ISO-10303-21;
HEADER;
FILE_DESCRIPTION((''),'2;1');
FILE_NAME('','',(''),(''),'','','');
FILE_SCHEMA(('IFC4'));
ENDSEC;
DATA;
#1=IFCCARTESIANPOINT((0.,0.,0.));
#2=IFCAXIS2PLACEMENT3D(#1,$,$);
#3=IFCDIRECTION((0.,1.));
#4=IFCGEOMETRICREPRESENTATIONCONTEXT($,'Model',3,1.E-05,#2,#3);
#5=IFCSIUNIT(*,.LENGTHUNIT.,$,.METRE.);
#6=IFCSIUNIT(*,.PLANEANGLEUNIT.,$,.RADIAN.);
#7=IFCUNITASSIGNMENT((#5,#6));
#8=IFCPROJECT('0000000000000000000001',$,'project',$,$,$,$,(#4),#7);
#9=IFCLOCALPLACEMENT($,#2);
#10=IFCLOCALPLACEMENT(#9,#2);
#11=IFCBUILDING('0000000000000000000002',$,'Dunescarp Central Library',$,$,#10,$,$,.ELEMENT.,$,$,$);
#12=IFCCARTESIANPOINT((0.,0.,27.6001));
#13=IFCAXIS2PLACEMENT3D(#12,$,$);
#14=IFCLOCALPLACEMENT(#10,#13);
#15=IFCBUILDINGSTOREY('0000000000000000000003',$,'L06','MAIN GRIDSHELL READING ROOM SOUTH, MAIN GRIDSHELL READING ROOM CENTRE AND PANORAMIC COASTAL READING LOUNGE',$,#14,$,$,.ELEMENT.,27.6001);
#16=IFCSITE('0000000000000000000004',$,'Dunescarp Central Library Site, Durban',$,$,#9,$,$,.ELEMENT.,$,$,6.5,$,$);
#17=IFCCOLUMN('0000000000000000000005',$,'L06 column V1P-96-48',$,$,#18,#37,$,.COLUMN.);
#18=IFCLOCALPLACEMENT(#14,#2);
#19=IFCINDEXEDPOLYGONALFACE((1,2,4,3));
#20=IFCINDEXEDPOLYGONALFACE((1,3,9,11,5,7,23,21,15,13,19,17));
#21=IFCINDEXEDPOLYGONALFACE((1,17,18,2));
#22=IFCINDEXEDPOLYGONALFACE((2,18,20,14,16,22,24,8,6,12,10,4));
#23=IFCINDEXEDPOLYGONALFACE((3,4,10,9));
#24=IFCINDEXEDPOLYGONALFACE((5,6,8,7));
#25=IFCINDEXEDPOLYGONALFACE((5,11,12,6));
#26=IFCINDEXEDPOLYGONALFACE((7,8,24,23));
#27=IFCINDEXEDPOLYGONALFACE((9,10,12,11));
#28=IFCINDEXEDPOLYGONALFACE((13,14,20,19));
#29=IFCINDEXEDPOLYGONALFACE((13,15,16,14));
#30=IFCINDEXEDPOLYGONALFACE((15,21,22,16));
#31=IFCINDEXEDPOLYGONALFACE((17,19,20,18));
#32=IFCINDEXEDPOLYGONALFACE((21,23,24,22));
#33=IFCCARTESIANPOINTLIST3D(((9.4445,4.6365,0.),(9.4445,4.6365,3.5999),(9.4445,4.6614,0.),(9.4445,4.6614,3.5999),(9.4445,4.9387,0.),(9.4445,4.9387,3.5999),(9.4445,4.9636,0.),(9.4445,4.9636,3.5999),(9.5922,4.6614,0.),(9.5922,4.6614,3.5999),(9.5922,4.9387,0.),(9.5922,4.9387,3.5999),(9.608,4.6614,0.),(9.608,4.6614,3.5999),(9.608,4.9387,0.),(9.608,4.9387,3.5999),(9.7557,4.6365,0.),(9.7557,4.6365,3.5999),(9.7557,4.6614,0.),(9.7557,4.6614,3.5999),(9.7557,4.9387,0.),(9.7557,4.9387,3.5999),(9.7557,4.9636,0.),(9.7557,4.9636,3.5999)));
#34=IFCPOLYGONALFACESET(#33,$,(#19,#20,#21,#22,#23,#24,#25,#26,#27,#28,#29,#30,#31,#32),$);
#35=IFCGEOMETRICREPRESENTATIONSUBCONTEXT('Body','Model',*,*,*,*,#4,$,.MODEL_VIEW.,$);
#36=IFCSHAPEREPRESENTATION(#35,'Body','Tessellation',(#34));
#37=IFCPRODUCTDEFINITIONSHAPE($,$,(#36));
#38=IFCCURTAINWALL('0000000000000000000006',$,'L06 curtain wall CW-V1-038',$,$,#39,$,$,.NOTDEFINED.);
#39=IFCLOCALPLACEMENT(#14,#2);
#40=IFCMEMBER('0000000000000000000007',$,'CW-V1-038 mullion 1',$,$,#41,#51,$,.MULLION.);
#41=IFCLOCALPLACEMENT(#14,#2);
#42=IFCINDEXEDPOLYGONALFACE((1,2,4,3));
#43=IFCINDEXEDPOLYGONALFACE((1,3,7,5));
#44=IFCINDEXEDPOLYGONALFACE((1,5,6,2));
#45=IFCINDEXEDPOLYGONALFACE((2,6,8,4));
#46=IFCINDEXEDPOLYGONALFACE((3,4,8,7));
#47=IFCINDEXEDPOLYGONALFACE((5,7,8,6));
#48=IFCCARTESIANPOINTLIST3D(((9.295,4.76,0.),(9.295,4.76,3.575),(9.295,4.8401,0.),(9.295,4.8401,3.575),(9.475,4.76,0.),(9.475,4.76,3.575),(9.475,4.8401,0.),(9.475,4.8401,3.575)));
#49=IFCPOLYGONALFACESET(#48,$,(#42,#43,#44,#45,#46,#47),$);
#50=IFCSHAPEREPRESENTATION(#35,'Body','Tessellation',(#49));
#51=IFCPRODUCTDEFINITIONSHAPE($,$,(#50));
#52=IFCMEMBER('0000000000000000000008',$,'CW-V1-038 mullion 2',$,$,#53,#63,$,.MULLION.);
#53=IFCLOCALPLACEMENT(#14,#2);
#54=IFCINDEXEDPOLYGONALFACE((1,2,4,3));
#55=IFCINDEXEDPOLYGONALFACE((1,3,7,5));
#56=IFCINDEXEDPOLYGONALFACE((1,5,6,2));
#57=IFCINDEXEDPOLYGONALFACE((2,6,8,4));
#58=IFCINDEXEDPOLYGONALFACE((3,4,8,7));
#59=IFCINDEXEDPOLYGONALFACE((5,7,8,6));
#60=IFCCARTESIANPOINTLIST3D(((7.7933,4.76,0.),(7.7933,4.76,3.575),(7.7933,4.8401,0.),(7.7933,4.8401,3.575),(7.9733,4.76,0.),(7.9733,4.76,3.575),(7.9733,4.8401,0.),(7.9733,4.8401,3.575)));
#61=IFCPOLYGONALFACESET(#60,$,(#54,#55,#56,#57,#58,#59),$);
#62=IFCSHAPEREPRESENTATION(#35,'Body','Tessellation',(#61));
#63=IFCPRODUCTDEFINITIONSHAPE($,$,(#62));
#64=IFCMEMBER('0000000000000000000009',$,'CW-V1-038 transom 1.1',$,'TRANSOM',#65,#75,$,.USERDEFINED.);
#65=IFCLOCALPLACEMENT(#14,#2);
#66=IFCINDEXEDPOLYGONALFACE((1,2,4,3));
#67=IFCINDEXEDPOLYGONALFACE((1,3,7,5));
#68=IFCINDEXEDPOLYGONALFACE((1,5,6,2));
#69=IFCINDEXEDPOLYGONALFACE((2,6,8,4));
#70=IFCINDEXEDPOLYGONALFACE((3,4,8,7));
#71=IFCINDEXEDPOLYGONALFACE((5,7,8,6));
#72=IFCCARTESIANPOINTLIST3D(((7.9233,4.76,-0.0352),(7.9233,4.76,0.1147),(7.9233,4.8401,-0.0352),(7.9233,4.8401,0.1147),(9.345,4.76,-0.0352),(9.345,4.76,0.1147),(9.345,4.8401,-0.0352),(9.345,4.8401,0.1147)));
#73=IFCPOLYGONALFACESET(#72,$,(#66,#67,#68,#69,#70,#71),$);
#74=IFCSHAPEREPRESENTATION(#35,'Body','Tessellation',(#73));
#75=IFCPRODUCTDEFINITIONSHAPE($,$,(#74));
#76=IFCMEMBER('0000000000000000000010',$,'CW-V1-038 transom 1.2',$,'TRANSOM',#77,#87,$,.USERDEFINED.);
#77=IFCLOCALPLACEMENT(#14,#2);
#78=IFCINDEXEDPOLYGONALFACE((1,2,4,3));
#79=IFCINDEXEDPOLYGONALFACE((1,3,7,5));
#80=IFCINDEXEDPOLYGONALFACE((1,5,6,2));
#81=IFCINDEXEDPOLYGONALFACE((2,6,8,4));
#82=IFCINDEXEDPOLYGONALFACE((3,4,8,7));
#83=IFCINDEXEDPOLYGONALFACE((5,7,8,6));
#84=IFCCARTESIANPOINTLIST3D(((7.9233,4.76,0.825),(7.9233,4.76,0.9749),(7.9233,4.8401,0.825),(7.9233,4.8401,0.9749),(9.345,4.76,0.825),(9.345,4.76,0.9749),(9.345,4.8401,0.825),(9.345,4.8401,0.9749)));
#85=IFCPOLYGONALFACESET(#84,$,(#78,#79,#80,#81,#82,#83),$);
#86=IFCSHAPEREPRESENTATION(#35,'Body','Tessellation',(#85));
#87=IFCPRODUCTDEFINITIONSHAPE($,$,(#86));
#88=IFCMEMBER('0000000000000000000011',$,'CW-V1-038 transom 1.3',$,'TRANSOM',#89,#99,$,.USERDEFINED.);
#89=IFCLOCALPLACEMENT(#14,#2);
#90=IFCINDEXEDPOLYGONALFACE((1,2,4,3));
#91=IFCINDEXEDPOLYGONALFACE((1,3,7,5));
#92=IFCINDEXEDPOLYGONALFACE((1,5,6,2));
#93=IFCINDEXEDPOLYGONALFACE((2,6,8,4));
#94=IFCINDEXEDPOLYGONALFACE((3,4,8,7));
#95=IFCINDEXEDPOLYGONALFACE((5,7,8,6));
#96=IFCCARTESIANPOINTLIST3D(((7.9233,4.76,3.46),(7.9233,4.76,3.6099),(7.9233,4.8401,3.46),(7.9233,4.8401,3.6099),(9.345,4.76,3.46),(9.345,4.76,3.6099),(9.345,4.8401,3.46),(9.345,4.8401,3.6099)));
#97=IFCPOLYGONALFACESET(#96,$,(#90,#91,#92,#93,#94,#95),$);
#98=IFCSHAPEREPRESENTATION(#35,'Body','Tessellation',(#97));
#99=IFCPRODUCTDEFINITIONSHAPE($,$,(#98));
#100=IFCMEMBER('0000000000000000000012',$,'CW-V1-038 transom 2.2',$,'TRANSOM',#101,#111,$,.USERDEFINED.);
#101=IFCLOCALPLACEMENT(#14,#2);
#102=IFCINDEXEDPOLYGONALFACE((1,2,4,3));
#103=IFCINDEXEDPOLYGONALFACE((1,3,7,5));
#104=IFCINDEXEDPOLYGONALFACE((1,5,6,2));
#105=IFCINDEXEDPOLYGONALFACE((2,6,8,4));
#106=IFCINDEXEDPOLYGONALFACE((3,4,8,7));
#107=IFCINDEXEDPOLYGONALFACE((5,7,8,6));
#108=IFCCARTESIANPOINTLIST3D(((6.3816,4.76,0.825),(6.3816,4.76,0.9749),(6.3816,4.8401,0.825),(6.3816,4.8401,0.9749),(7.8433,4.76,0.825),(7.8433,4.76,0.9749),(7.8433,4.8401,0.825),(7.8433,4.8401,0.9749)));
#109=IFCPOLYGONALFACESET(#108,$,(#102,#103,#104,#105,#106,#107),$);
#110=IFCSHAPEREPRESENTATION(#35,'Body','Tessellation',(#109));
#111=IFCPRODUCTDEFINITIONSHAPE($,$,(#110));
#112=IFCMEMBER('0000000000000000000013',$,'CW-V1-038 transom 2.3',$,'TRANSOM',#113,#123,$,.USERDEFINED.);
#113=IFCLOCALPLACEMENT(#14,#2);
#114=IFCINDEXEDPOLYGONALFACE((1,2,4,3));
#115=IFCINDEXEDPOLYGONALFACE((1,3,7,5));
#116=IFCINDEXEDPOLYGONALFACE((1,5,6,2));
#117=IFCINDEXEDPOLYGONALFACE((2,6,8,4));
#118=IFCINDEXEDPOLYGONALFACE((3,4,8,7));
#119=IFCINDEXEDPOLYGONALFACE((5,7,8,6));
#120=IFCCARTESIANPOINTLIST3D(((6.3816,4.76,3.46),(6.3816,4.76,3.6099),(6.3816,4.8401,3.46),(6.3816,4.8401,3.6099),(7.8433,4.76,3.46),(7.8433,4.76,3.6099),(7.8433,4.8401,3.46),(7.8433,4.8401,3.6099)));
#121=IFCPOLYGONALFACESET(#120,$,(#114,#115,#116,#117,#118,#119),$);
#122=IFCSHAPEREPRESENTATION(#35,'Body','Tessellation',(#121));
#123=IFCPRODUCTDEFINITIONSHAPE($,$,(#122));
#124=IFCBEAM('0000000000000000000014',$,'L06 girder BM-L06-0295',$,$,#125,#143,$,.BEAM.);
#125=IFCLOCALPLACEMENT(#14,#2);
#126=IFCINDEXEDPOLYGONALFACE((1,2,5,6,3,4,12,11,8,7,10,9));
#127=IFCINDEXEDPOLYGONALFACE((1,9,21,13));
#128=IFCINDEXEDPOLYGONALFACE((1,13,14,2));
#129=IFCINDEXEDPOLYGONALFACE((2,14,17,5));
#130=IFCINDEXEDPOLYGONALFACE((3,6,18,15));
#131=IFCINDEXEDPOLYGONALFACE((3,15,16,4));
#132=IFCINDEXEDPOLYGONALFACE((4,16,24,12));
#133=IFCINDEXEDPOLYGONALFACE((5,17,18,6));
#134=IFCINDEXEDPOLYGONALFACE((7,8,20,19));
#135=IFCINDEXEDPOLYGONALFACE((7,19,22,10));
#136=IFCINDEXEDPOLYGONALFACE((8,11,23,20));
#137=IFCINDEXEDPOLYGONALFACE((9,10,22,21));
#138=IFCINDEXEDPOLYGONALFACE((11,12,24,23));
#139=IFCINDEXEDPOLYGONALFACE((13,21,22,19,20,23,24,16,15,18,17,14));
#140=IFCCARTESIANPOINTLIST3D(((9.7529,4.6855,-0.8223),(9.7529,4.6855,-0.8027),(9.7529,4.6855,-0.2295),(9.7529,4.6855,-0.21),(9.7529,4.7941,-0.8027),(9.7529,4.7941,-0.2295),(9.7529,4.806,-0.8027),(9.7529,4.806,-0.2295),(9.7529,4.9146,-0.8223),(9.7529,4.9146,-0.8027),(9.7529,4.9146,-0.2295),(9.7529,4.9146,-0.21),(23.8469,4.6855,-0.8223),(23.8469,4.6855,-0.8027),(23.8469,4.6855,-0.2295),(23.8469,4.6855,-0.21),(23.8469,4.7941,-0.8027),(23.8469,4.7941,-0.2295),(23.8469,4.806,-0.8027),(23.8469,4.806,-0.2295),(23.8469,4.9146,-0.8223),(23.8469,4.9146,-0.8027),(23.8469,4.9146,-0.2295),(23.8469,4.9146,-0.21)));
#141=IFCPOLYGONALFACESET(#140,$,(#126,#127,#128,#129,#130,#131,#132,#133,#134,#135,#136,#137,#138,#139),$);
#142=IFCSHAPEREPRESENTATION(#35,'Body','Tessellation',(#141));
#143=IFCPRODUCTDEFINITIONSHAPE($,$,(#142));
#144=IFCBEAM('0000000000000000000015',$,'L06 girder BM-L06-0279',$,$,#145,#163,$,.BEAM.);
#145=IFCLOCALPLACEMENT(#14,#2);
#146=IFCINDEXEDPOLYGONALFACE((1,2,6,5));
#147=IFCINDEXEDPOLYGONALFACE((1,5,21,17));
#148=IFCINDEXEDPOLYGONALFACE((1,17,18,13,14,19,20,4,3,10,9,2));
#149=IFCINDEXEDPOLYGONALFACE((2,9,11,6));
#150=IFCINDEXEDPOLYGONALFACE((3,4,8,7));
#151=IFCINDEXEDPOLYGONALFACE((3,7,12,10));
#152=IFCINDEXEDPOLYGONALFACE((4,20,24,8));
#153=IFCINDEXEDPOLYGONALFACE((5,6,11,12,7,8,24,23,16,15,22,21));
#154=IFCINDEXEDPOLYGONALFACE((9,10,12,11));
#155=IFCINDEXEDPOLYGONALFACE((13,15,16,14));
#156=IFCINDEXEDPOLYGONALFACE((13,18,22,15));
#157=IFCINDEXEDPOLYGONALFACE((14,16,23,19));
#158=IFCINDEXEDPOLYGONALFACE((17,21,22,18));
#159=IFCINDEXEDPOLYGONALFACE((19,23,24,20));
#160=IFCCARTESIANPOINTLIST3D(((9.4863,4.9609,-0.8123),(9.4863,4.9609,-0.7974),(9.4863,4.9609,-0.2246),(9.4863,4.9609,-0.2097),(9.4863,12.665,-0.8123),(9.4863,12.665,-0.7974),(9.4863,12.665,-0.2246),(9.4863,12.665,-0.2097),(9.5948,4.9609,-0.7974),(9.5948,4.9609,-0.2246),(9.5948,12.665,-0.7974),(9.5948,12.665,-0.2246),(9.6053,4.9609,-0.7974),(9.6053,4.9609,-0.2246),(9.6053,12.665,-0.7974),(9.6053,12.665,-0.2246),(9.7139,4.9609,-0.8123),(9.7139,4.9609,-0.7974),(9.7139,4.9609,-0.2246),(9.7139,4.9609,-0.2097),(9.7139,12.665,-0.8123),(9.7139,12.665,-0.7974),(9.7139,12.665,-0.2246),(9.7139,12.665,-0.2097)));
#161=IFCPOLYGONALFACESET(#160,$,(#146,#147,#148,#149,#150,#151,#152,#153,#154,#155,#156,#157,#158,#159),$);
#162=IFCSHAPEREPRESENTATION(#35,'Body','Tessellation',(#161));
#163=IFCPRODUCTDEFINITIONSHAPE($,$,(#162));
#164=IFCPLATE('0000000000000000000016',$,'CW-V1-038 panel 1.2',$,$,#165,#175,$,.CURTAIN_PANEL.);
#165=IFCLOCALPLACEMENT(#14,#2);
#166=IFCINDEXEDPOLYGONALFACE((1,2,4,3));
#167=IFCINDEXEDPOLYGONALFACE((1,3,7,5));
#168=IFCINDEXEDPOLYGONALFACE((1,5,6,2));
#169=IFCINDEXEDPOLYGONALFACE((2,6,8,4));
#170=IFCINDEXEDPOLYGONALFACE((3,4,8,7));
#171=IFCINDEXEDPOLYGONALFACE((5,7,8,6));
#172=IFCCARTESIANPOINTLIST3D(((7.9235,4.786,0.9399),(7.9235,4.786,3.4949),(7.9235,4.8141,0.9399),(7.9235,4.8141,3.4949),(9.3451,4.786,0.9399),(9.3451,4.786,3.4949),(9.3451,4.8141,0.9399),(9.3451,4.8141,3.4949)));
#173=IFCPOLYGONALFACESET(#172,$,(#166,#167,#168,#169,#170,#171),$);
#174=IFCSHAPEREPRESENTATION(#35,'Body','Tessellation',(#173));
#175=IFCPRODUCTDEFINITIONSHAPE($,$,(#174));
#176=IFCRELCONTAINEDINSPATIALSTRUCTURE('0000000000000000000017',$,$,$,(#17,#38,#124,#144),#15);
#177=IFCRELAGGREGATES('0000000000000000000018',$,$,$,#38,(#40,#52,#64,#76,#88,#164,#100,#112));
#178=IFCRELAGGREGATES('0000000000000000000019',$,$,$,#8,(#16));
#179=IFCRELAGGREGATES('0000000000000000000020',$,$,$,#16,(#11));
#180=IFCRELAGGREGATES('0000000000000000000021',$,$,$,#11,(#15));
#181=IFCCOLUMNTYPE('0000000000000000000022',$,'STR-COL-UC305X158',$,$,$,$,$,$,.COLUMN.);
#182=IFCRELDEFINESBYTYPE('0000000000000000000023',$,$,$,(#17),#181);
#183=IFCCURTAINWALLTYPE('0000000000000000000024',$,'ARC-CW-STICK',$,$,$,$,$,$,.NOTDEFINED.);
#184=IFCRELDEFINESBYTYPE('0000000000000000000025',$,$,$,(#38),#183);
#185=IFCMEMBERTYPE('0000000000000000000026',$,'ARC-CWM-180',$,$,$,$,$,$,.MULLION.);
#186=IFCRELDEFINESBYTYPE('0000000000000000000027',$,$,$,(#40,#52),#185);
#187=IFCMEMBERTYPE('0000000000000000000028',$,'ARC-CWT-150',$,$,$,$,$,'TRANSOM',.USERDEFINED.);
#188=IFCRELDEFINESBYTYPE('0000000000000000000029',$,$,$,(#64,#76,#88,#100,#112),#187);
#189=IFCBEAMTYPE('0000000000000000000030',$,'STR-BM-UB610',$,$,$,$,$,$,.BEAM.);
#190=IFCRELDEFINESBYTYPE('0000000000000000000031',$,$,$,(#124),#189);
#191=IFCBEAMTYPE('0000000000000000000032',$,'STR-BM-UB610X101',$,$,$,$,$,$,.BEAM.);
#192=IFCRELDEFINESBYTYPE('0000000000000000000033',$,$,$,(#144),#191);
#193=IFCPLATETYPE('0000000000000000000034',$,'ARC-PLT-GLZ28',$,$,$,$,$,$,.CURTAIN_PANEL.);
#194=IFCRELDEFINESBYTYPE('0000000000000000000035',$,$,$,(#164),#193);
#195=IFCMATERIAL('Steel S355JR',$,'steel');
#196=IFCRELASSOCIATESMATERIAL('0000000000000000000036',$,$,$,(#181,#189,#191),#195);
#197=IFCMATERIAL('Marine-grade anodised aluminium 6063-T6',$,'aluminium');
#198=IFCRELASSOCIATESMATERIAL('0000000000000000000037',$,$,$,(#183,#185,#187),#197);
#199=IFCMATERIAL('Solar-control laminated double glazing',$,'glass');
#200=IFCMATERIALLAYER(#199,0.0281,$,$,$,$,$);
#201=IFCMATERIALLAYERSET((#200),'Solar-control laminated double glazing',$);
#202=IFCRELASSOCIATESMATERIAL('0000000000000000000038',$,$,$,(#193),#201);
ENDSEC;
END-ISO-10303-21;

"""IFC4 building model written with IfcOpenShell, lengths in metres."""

from ifc_helpers import new_model, si_unit, direction, frame, origin, origin_2d, place, context, subcontext, project, spatial, rectangle, i_section, extrude, material, layer, layer_set, material_profile, profile_set, type_object, element, aggregate, save


model = new_model("IFC4")

# Units and contexts
model_context = context("Model", 3, precision=1e-05, world=origin(), true_north=direction((0.0, 1.0)))
body_context = subcontext(model_context, "Body", "Model", "MODEL_VIEW")
ifc_project = project(units=[si_unit("LENGTHUNIT", "METRE"), si_unit("PLANEANGLEUNIT", "RADIAN")], contexts=[model_context])

# Site, building, storey
site_placement = place(None, origin())
site = spatial("IfcSite", under=ifc_project, at=site_placement, Name="Dunescarp Central Library Site, Durban", CompositionType="ELEMENT", RefElevation=6.5)
building_placement = place(site_placement, origin())
building = spatial("IfcBuilding", under=site, at=building_placement, Name="Dunescarp Central Library", CompositionType="ELEMENT")
storey_placement = place(building_placement, frame((0.0, 0.0, 27.6001)))
storey = spatial("IfcBuildingStorey", under=building, at=storey_placement, Name="L06", Description="MAIN GRIDSHELL READING ROOM SOUTH, MAIN GRIDSHELL READING ROOM CENTRE AND PANORAMIC COASTAL READING LOUNGE", CompositionType="ELEMENT", Elevation=27.6001)

# Column
ifc_material_1 = material(Name="Steel S355JR", Category="steel")
ifc_material_profile_1 = material_profile(ifc_material_1, i_section(OverallWidth=0.3113, OverallDepth=0.3271, WebThickness=0.0159, FlangeThickness=0.0249, at=origin_2d()), Name="UC 305x305x158")
ifc_profile_set_1 = profile_set([ifc_material_profile_1], Name="Steel S355JR")
column_type = type_object("IfcColumnType", Name="STR-COL-UC305X158", PredefinedType="COLUMN", material=ifc_profile_set_1)
column_placement = place(storey_placement, frame((9.6001, 4.8, 0.0), z_axis=(0.0, 0.0, 1.0), x_axis=(1.0, 0.0, 0.0)))
element("IfcColumn", 1, at=column_placement, inside=storey, type_object=column_type, Name="L06 column V1P-96-48", PredefinedType="COLUMN", context=body_context, shape_type="SweptSolid", body=[
    extrude(i_section(OverallWidth=0.3113, OverallDepth=0.3271, WebThickness=0.0159, FlangeThickness=0.0249, at=origin_2d()), origin(), (0.0, 0.0, 1.0), 3.5999),
])

# Curtain wall, members
ifc_material_2 = material(Name="Marine-grade anodised aluminium 6063-T6", Category="aluminium")
curtain_wall_type = type_object("IfcCurtainWallType", Name="ARC-CW-STICK", PredefinedType="NOTDEFINED", material=ifc_material_2)
curtain_wall_placement = place(storey_placement, origin())
curtain_wall = element("IfcCurtainWall", 2, at=curtain_wall_placement, inside=storey, type_object=curtain_wall_type, Name="L06 curtain wall CW-V1-038", PredefinedType="NOTDEFINED")
ifc_material_profile_2 = material_profile(ifc_material_2, rectangle(XDim=0.0801, YDim=0.1799, at=origin_2d()), Name="AL 80x180")
ifc_profile_set_2 = profile_set([ifc_material_profile_2], Name="Marine-grade anodised aluminium 6063-T6")
member_type_1 = type_object("IfcMemberType", Name="ARC-CWM-180", PredefinedType="MULLION", material=ifc_profile_set_2)
member_1_placement = place(storey_placement, frame((9.385, 4.8, 0.0), z_axis=(0.0, 0.0, 1.0), x_axis=(0.0, -1.0, 0.0)))
member_1 = element("IfcMember", 3, at=member_1_placement, type_object=member_type_1, Name="CW-V1-038 mullion 1", PredefinedType="MULLION", context=body_context, shape_type="SweptSolid", body=[
    extrude(rectangle(XDim=0.0801, YDim=0.1799, at=origin_2d()), origin(), (0.0, 0.0, 1.0), 3.575),
])
member_2_placement = place(storey_placement, frame((7.8833, 4.8, 0.0), z_axis=(0.0, 0.0, 1.0), x_axis=(0.0, -1.0, 0.0)))
member_2 = element("IfcMember", 4, at=member_2_placement, type_object=member_type_1, Name="CW-V1-038 mullion 2", PredefinedType="MULLION", context=body_context, shape_type="SweptSolid", body=[
    extrude(rectangle(XDim=0.0801, YDim=0.1799, at=origin_2d()), origin(), (0.0, 0.0, 1.0), 3.575),
])
ifc_material_profile_3 = material_profile(ifc_material_2, rectangle(XDim=0.0801, YDim=0.1499, at=origin_2d()), Name="AL 80x150")
ifc_profile_set_3 = profile_set([ifc_material_profile_3], Name="Marine-grade anodised aluminium 6063-T6")
member_type_2 = type_object("IfcMemberType", Name="ARC-CWT-150", ElementType="TRANSOM", PredefinedType="USERDEFINED", material=ifc_profile_set_3)
member_3_placement = place(storey_placement, frame((9.345, 4.8, 0.0398), z_axis=(-1.0, 0.0, 0.0), x_axis=(0.0, -1.0, 0.0)))
member_3 = element("IfcMember", 5, at=member_3_placement, type_object=member_type_2, Name="CW-V1-038 transom 1.1", ObjectType="TRANSOM", PredefinedType="USERDEFINED", context=body_context, shape_type="SweptSolid", body=[
    extrude(rectangle(XDim=0.0801, YDim=0.1499, at=origin_2d()), origin(), (0.0, 0.0, 1.0), 1.4216),
])
member_4_placement = place(storey_placement, frame((9.345, 4.8, 0.8999), z_axis=(-1.0, 0.0, 0.0), x_axis=(0.0, -1.0, 0.0)))
member_4 = element("IfcMember", 6, at=member_4_placement, type_object=member_type_2, Name="CW-V1-038 transom 1.2", ObjectType="TRANSOM", PredefinedType="USERDEFINED", context=body_context, shape_type="SweptSolid", body=[
    extrude(rectangle(XDim=0.0801, YDim=0.1499, at=origin_2d()), origin(), (0.0, 0.0, 1.0), 1.4216),
])
member_5_placement = place(storey_placement, frame((9.345, 4.8, 3.5349), z_axis=(-1.0, 0.0, 0.0), x_axis=(0.0, -1.0, 0.0)))
member_5 = element("IfcMember", 7, at=member_5_placement, type_object=member_type_2, Name="CW-V1-038 transom 1.3", ObjectType="TRANSOM", PredefinedType="USERDEFINED", context=body_context, shape_type="SweptSolid", body=[
    extrude(rectangle(XDim=0.0801, YDim=0.1499, at=origin_2d()), origin(), (0.0, 0.0, 1.0), 1.4216),
])
member_6_placement = place(storey_placement, frame((7.8433, 4.8, 0.8999), z_axis=(-1.0, 0.0, 0.0), x_axis=(0.0, -1.0, 0.0)))
member_6 = element("IfcMember", 8, at=member_6_placement, type_object=member_type_2, Name="CW-V1-038 transom 2.2", ObjectType="TRANSOM", PredefinedType="USERDEFINED", context=body_context, shape_type="SweptSolid", body=[
    extrude(rectangle(XDim=0.0801, YDim=0.1499, at=origin_2d()), origin(), (0.0, 0.0, 1.0), 1.4617),
])
member_7_placement = place(storey_placement, frame((7.8433, 4.8, 3.5349), z_axis=(-1.0, 0.0, 0.0), x_axis=(0.0, -1.0, 0.0)))
member_7 = element("IfcMember", 9, at=member_7_placement, type_object=member_type_2, Name="CW-V1-038 transom 2.3", ObjectType="TRANSOM", PredefinedType="USERDEFINED", context=body_context, shape_type="SweptSolid", body=[
    extrude(rectangle(XDim=0.0801, YDim=0.1499, at=origin_2d()), origin(), (0.0, 0.0, 1.0), 1.4617),
])

# Beams
ifc_material_profile_4 = material_profile(ifc_material_1, i_section(OverallWidth=0.229, OverallDepth=0.6123, WebThickness=0.012, FlangeThickness=0.0195, at=origin_2d()), Name="UB 610x229x125")
ifc_profile_set_4 = profile_set([ifc_material_profile_4], Name="Steel S355JR")
beam_type_1 = type_object("IfcBeamType", Name="STR-BM-UB610", PredefinedType="BEAM", material=ifc_profile_set_4)
beam_1_placement = place(storey_placement, frame((9.7529, 4.8, -0.5161), z_axis=(1.0, 0.0, 0.0), x_axis=(0.0, 1.0, 0.0)))
element("IfcBeam", 10, at=beam_1_placement, inside=storey, type_object=beam_type_1, Name="L06 girder BM-L06-0295", PredefinedType="BEAM", context=body_context, shape_type="SweptSolid", body=[
    extrude(i_section(OverallWidth=0.229, OverallDepth=0.6123, WebThickness=0.012, FlangeThickness=0.0195, at=origin_2d()), origin(), (0.0, 0.0, 1.0), 14.094),
])
ifc_material_profile_5 = material_profile(ifc_material_1, i_section(OverallWidth=0.2275, OverallDepth=0.6025, WebThickness=0.0105, FlangeThickness=0.0149, at=origin_2d()), Name="UB 610x229x101")
ifc_profile_set_5 = profile_set([ifc_material_profile_5], Name="Steel S355JR")
beam_type_2 = type_object("IfcBeamType", Name="STR-BM-UB610X101", PredefinedType="BEAM", material=ifc_profile_set_5)
beam_2_placement = place(storey_placement, frame((9.6001, 4.9609, -0.511), z_axis=(0.0, 1.0, 0.0), x_axis=(-1.0, 0.0, 0.0)))
element("IfcBeam", 11, at=beam_2_placement, inside=storey, type_object=beam_type_2, Name="L06 girder BM-L06-0279", PredefinedType="BEAM", context=body_context, shape_type="SweptSolid", body=[
    extrude(i_section(OverallWidth=0.2275, OverallDepth=0.6025, WebThickness=0.0105, FlangeThickness=0.0149, at=origin_2d()), origin(), (0.0, 0.0, 1.0), 7.7041),
])

# Plate
ifc_material_3 = material(Name="Solar-control laminated double glazing", Category="glass")
ifc_layer_1 = layer(ifc_material_3, 0.0281)
ifc_layer_set_1 = layer_set([ifc_layer_1], Name="Solar-control laminated double glazing")
plate_type_1 = type_object("IfcPlateType", Name="ARC-PLT-GLZ28", PredefinedType="CURTAIN_PANEL", material=ifc_layer_set_1)
plate_1_placement = place(storey_placement, frame((8.6343, 4.8, 0.9399), z_axis=(0.0, 0.0, 1.0), x_axis=(-1.0, 0.0, 0.0)))
plate_1 = element("IfcPlate", 12, at=plate_1_placement, type_object=plate_type_1, Name="CW-V1-038 panel 1.2", PredefinedType="CURTAIN_PANEL", context=body_context, shape_type="SweptSolid", body=[
    extrude(rectangle(XDim=1.4216, YDim=0.0281, at=origin_2d()), origin(), (0.0, 0.0, 1.0), 2.5549),
])
aggregate(curtain_wall, [member_1, member_2, member_3, member_4, member_5, plate_1, member_6, member_7])

save(model, "model.ifc")
